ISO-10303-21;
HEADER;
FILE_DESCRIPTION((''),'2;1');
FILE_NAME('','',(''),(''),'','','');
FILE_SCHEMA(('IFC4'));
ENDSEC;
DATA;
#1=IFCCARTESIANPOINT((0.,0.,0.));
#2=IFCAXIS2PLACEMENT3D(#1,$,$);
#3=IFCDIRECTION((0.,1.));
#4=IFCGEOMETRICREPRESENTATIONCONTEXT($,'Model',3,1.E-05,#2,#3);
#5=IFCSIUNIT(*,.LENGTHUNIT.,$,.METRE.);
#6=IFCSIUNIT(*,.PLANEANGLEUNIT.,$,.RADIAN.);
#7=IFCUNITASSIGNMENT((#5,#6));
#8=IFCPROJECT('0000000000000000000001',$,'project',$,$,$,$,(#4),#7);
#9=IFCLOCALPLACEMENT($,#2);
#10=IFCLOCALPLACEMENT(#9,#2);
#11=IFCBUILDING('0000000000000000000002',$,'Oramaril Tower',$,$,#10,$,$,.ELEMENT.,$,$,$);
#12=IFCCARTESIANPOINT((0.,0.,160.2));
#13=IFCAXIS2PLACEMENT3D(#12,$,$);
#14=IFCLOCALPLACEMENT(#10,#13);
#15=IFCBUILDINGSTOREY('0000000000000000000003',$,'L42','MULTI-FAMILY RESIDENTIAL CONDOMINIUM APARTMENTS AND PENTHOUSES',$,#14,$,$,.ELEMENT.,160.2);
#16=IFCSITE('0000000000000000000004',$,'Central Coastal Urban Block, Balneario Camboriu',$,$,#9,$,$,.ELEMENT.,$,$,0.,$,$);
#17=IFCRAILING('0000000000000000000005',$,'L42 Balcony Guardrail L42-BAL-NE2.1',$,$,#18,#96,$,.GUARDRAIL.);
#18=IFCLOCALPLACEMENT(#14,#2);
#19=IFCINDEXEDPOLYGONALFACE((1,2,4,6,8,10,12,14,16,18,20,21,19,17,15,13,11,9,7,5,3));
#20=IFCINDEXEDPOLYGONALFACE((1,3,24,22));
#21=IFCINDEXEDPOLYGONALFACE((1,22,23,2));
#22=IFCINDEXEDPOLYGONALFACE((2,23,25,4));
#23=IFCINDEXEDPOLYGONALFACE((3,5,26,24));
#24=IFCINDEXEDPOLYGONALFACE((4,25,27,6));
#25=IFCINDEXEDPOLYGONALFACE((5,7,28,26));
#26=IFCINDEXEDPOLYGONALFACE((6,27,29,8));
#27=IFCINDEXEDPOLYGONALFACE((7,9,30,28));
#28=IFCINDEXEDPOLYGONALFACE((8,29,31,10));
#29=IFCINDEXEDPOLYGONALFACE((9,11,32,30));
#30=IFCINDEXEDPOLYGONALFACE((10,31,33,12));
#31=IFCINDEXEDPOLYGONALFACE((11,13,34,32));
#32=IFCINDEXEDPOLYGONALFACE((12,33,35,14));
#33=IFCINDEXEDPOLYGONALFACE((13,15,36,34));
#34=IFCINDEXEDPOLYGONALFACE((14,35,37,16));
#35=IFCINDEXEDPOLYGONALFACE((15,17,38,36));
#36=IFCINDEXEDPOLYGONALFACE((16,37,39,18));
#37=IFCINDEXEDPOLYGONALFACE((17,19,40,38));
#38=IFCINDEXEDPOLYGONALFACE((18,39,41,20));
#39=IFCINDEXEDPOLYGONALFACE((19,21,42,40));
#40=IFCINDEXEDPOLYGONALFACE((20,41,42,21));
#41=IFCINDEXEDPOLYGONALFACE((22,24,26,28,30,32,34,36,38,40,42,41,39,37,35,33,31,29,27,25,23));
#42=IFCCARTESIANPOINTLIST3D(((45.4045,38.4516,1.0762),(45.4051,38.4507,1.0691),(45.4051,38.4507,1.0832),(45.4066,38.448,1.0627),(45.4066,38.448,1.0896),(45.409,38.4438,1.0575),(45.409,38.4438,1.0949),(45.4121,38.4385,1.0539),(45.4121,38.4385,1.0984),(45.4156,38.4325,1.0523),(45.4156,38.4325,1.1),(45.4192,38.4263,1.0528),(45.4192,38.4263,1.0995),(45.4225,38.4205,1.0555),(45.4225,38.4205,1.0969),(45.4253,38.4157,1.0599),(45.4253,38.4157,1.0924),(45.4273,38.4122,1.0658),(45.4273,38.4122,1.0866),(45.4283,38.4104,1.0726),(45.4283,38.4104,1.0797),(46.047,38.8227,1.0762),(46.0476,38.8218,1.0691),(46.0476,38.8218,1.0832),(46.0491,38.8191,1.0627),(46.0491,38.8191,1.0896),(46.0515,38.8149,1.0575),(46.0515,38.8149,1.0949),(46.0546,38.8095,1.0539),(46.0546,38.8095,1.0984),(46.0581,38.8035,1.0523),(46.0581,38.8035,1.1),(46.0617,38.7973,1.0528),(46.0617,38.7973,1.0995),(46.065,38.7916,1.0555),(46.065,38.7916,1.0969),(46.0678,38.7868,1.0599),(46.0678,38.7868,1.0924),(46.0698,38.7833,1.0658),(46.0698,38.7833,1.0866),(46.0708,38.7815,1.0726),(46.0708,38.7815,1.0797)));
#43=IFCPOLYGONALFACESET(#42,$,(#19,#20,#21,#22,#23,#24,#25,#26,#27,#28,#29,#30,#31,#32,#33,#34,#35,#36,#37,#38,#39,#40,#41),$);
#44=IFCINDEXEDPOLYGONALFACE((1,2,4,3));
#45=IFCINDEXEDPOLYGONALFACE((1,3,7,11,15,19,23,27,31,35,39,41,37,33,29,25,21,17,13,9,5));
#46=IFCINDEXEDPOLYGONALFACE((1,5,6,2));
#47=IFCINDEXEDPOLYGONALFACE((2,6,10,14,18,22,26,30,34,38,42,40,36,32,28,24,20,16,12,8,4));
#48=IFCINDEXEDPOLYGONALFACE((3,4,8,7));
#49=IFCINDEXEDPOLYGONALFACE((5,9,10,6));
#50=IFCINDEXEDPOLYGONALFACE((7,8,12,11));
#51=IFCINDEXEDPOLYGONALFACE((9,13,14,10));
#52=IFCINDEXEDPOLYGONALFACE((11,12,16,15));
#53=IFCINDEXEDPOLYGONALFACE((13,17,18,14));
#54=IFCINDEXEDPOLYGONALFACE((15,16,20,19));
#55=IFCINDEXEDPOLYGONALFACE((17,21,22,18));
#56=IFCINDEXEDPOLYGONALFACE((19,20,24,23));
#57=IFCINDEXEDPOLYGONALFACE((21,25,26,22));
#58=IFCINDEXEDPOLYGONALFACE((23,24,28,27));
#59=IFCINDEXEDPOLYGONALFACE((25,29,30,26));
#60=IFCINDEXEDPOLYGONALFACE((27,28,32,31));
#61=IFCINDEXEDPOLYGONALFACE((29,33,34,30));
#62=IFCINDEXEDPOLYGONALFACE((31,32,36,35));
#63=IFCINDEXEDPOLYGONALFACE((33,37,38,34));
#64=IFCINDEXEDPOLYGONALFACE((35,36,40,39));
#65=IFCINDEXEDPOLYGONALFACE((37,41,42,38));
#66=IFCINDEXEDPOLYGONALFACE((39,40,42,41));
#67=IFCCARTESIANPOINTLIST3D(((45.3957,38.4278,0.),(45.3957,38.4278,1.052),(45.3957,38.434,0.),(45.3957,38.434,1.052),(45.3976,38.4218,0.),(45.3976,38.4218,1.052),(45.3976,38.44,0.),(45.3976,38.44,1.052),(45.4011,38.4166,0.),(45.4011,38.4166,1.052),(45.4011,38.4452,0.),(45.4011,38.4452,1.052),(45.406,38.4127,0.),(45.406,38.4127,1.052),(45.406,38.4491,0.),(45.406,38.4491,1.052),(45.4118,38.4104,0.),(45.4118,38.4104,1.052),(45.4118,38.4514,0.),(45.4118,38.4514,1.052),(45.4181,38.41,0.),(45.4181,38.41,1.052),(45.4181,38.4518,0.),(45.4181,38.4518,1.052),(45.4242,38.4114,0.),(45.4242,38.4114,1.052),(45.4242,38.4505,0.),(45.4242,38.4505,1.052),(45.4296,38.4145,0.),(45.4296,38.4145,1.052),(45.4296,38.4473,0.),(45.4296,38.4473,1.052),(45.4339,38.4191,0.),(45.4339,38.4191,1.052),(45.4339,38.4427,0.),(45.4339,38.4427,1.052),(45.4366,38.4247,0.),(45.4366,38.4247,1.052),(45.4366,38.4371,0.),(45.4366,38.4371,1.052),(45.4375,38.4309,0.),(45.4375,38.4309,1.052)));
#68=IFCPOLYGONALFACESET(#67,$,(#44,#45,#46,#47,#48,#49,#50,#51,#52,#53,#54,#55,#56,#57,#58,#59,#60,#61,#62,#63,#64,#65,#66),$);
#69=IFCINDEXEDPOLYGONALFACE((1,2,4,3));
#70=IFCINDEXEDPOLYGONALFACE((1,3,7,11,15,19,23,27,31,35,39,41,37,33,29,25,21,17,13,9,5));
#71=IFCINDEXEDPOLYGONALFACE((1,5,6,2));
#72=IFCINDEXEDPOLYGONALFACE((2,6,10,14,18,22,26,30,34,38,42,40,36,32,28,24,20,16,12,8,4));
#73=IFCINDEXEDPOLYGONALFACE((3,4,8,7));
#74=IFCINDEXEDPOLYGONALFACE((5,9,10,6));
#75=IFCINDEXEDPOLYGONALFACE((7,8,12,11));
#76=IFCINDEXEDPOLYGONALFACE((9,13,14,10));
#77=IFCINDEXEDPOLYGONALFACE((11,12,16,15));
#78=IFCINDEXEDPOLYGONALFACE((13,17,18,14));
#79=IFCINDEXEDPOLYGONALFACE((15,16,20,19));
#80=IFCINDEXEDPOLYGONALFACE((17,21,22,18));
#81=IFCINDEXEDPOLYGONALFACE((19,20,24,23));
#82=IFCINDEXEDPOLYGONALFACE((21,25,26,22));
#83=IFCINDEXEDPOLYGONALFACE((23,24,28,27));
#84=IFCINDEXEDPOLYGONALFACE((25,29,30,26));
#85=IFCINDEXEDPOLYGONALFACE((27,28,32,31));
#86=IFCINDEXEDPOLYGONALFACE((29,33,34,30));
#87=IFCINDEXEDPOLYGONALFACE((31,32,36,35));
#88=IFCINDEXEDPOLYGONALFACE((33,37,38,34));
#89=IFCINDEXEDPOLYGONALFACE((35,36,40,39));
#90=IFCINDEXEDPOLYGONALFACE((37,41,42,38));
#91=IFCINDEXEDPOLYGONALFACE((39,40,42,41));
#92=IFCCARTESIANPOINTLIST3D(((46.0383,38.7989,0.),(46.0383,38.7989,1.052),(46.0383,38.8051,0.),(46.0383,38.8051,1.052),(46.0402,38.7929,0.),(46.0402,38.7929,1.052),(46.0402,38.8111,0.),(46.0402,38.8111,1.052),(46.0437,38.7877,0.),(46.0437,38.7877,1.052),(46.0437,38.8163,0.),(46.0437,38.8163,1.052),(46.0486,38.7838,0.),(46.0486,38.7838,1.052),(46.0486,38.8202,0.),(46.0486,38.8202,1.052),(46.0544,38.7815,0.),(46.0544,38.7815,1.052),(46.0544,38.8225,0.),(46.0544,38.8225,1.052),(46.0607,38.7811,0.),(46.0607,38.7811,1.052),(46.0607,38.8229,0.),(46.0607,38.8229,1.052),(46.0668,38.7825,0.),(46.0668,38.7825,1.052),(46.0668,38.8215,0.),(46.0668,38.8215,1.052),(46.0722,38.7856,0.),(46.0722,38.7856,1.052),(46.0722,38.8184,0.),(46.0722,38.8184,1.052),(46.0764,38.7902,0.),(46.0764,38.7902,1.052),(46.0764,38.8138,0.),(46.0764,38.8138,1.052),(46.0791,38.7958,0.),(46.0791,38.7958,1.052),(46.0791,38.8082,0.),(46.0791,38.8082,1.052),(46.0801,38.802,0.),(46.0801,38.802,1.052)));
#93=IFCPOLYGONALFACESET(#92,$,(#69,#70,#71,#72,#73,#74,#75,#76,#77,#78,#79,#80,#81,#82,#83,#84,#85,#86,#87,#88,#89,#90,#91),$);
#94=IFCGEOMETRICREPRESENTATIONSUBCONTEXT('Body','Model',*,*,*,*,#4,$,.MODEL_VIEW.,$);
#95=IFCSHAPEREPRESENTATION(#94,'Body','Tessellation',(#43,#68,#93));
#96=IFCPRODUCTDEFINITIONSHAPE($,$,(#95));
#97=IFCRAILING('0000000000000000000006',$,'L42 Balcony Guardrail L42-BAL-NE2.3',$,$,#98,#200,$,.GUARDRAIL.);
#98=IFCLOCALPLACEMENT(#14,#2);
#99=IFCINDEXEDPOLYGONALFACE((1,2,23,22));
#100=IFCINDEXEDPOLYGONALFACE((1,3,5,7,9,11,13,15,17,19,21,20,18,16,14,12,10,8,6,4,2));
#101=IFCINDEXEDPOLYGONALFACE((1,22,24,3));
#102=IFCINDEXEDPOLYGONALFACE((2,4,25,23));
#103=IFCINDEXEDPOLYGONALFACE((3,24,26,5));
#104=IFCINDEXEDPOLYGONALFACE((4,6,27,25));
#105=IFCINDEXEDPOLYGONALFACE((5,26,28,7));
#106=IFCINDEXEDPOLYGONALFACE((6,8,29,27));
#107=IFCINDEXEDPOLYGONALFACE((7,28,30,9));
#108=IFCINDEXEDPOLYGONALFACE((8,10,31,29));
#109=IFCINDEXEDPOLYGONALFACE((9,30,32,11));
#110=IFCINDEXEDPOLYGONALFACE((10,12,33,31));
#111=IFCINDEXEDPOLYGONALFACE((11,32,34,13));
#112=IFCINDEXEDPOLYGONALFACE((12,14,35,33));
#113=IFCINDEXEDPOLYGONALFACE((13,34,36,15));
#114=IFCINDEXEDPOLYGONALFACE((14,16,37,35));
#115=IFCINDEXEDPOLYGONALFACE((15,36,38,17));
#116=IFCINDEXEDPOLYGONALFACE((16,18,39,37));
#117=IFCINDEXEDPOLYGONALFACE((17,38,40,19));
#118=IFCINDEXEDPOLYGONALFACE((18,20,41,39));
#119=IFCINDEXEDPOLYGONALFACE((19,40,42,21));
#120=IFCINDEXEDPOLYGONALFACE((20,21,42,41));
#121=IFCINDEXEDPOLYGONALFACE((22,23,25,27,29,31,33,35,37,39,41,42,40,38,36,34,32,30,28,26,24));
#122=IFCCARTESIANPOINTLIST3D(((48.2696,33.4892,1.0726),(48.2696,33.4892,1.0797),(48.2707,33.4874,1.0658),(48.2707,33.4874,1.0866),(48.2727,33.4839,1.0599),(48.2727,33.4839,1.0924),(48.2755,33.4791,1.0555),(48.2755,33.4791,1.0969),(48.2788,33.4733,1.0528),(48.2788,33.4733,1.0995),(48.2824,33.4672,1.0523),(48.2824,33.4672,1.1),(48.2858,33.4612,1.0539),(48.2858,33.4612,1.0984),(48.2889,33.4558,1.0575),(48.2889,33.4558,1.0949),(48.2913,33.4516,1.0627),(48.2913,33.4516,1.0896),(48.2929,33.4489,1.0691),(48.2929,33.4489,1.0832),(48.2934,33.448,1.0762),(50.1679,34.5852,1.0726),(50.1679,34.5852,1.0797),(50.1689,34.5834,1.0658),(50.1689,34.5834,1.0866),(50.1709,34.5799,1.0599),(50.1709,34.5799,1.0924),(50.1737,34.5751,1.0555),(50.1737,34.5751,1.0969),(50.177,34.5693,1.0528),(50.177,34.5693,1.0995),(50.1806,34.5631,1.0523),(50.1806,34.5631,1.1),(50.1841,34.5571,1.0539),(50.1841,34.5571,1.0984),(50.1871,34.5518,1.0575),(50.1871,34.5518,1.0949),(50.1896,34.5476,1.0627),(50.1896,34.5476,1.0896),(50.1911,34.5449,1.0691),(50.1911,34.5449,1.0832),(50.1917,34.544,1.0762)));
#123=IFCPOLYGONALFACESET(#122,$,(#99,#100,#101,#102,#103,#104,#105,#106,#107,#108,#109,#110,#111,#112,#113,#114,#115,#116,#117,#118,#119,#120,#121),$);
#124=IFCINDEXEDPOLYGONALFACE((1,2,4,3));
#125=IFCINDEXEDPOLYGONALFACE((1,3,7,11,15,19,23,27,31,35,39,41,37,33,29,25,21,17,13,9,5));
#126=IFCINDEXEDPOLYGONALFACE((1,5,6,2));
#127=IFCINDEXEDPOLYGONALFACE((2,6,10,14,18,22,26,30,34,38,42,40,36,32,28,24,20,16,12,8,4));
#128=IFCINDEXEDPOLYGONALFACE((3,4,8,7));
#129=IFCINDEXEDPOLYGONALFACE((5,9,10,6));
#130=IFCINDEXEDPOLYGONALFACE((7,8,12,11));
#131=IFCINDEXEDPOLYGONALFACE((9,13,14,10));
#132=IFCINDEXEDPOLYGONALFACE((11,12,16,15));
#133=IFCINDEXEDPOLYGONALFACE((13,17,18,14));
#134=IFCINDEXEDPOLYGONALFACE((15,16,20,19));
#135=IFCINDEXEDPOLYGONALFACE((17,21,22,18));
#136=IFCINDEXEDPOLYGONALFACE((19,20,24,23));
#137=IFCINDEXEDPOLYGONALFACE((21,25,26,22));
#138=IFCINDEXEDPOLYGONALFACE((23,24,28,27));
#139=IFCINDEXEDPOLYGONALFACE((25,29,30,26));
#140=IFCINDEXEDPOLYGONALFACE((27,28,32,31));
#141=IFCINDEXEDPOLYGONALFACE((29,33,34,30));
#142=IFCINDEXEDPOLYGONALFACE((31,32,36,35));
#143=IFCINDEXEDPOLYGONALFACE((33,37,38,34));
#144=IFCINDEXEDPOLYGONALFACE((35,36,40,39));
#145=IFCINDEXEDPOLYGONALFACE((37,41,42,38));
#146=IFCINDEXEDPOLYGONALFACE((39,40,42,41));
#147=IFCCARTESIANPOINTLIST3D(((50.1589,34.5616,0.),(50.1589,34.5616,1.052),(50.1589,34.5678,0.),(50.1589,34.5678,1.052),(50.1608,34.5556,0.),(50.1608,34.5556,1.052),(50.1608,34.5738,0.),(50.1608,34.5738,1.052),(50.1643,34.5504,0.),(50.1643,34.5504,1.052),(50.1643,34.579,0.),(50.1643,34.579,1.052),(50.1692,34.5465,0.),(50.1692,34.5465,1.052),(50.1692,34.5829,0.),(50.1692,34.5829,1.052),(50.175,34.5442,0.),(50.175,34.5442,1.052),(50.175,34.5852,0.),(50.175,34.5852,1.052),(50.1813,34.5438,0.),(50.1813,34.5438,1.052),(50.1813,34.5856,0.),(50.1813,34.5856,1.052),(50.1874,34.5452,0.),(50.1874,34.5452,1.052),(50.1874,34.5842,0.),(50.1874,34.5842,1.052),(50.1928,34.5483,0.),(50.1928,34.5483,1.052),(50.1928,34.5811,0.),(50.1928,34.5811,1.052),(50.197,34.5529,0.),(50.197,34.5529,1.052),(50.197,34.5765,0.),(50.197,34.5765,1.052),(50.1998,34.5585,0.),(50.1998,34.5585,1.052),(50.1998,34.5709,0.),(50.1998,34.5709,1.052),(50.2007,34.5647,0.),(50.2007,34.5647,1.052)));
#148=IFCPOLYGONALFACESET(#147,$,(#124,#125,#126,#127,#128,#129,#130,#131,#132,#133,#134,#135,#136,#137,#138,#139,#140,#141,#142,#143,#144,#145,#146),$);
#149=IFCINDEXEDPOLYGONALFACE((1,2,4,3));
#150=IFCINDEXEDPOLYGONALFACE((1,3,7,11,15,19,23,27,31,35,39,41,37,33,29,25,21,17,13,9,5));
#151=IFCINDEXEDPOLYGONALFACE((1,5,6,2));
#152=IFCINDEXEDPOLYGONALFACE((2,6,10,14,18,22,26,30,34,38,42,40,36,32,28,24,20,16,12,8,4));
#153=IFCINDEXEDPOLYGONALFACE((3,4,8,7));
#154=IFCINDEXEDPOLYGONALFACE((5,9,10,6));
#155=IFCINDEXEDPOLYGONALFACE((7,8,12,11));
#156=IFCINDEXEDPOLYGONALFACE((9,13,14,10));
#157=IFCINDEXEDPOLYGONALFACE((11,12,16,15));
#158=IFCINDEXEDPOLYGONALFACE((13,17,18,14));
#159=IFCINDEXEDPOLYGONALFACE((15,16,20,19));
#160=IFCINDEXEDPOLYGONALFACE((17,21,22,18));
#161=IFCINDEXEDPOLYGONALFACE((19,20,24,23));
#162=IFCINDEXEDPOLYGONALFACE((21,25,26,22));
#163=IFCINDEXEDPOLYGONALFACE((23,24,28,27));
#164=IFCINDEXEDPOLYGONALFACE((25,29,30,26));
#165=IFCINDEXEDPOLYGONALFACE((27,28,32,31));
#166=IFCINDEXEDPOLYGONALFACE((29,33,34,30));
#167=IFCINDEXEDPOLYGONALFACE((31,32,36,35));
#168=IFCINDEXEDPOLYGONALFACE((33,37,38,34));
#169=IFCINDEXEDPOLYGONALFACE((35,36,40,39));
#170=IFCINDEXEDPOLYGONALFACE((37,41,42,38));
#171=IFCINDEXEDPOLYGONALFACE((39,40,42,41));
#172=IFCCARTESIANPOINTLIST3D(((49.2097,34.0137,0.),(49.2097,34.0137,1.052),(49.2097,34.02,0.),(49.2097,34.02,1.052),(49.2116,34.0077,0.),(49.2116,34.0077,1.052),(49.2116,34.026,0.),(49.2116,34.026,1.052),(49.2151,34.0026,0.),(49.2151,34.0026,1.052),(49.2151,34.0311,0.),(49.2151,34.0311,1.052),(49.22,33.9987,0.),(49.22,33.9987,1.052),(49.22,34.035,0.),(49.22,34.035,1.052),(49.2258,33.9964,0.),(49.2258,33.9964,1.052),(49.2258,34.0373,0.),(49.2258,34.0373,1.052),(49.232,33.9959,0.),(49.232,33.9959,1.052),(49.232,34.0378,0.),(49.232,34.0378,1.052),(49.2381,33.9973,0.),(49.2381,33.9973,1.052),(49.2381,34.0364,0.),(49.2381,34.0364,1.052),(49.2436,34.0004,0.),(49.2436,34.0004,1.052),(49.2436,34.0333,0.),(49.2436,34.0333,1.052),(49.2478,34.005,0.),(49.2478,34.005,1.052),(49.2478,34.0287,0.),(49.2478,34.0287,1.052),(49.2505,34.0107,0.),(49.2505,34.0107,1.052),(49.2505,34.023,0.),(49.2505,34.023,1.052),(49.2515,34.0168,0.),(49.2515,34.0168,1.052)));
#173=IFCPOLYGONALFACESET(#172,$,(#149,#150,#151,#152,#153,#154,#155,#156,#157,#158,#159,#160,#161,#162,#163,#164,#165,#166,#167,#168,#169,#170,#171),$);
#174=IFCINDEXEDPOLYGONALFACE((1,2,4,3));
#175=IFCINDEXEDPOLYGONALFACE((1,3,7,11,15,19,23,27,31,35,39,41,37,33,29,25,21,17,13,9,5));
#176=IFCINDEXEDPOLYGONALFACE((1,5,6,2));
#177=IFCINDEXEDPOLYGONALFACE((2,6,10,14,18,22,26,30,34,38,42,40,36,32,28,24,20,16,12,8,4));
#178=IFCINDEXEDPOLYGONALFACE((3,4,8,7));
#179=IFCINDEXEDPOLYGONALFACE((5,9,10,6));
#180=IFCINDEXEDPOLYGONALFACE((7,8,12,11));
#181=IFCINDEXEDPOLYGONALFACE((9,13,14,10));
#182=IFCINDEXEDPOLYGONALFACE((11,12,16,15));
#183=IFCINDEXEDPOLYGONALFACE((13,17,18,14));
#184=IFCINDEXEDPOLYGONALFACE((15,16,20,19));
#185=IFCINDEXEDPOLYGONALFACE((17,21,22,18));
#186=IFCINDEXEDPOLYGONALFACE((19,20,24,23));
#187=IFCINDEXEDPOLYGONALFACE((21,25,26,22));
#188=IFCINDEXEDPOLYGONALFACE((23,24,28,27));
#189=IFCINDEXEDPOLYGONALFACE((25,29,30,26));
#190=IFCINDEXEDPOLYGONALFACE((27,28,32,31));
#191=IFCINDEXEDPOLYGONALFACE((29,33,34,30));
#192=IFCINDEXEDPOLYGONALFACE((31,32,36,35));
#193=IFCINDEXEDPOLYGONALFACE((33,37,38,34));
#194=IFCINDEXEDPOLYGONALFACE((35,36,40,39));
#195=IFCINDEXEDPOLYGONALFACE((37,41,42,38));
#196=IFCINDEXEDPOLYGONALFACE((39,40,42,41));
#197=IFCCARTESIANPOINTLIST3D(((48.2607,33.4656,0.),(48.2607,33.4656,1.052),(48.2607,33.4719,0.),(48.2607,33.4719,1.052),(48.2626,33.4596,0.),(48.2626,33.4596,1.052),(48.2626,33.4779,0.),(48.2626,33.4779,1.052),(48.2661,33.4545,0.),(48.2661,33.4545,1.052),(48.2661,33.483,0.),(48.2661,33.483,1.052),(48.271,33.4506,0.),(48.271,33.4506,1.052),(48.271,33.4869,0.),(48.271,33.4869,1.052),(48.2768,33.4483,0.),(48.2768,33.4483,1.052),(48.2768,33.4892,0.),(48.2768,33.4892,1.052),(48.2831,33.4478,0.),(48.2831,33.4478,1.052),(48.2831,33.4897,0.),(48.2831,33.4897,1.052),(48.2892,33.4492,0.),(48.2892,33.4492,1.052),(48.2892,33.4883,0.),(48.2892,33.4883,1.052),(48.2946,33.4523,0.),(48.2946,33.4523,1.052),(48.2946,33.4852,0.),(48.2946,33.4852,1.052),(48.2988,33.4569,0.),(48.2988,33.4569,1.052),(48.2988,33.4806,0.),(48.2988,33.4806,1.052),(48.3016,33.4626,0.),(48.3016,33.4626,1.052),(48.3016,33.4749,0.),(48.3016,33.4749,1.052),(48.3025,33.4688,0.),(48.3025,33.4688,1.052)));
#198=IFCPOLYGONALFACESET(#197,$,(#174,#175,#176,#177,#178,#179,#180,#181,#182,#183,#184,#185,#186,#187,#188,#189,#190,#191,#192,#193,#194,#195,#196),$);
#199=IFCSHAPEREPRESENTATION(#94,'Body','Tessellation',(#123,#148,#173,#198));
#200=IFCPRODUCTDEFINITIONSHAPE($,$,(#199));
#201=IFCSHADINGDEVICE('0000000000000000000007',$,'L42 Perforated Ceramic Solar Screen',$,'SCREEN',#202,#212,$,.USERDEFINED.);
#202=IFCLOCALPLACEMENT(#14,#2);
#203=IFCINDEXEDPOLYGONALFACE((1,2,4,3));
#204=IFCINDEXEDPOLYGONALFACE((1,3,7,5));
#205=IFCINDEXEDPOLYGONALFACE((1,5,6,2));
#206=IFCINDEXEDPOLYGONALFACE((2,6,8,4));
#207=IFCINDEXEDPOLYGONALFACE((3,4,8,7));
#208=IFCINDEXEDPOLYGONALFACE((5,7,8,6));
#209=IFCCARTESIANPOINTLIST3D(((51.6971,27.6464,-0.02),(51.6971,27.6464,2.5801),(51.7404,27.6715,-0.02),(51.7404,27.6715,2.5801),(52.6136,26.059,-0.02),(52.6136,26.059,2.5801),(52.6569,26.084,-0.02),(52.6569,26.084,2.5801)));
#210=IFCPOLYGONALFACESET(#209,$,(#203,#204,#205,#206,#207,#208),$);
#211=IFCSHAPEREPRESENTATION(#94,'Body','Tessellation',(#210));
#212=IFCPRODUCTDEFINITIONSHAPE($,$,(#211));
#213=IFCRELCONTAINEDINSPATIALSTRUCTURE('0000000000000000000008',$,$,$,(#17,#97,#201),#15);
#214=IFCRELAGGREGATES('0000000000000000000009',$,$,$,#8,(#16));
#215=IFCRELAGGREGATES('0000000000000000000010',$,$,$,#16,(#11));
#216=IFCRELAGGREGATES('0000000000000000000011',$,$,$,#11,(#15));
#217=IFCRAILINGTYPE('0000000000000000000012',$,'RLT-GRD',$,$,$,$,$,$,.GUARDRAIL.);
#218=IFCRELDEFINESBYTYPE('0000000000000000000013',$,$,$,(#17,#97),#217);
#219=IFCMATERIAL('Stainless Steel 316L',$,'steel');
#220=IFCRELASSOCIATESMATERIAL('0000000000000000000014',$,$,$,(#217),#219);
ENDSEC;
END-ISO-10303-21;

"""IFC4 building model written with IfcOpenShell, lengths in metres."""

from ifc_helpers import new_model, si_unit, direction, frame, origin, origin_2d, place, context, subcontext, project, spatial, rectangle, circle, extrude, material, type_object, element, save


model = new_model("IFC4")

# Units and contexts
model_context = context("Model", 3, precision=1e-05, world=origin(), true_north=direction((0.0, 1.0)))
body_context = subcontext(model_context, "Body", "Model", "MODEL_VIEW")
ifc_project = project(units=[si_unit("LENGTHUNIT", "METRE"), si_unit("PLANEANGLEUNIT", "RADIAN")], contexts=[model_context])

# Site, building, storey
site_placement = place(None, origin())
site = spatial("IfcSite", under=ifc_project, at=site_placement, Name="Central Coastal Urban Block, Balneario Camboriu", CompositionType="ELEMENT", RefElevation=0.0)
building_placement = place(site_placement, origin())
building = spatial("IfcBuilding", under=site, at=building_placement, Name="Oramaril Tower", CompositionType="ELEMENT")
storey_placement = place(building_placement, frame((0.0, 0.0, 160.2)))
storey = spatial("IfcBuildingStorey", under=building, at=storey_placement, Name="L42", Description="MULTI-FAMILY RESIDENTIAL CONDOMINIUM APARTMENTS AND PENTHOUSES", CompositionType="ELEMENT", Elevation=160.2)

# Railings
ifc_material_1 = material(Name="Stainless Steel 316L", Category="steel")
railing_type = type_object("IfcRailingType", Name="RLT-GRD", PredefinedType="GUARDRAIL", material=ifc_material_1)
railing_1_placement = place(storey_placement, frame((45.4165, 38.4309, 0.0)))
element("IfcRailing", 1, at=railing_1_placement, inside=storey, type_object=railing_type, Name="L42 Balcony Guardrail L42-BAL-NE2.1", PredefinedType="GUARDRAIL", context=body_context, shape_type="SweptSolid", body=[
    extrude(circle(Radius=0.0239, at=origin_2d()), frame((0.0, 0.0, 1.0762), z_axis=(0.865966, 0.500102, 0.0), x_axis=(-0.500102, 0.865966, 0.0)), (0.0, 0.0, 1.0), 0.7419),
    extrude(circle(Radius=0.021, at=origin_2d()), origin(), (0.0, 0.0, 1.0), 1.052),
    extrude(circle(Radius=0.021, at=origin_2d()), frame((0.6426, 0.3711, 0.0)), (0.0, 0.0, 1.0), 1.052),
])
railing_2_placement = place(storey_placement, frame((50.1797, 34.5647, 0.0)))
element("IfcRailing", 2, at=railing_2_placement, inside=storey, type_object=railing_type, Name="L42 Balcony Guardrail L42-BAL-NE2.3", PredefinedType="GUARDRAIL", context=body_context, shape_type="SweptSolid", body=[
    extrude(circle(Radius=0.0239, at=origin_2d()), frame((0.0, 0.0, 1.0762), z_axis=(-0.866021, -0.500008, 0.0), x_axis=(0.500008, -0.866021, 0.0)), (0.0, 0.0, 1.0), 2.1919),
    extrude(circle(Radius=0.021, at=origin_2d()), origin(), (0.0, 0.0, 1.0), 1.052),
    extrude(circle(Radius=0.021, at=origin_2d()), frame((-0.9492, -0.5479, 0.0)), (0.0, 0.0, 1.0), 1.052),
    extrude(circle(Radius=0.021, at=origin_2d()), frame((-1.8982, -1.0959, 0.0)), (0.0, 0.0, 1.0), 1.052),
])

# Shading device
for number, where, z_axis, x_axis, name in (
    (3, (52.177, 26.8652, -0.02), (0.0, 0.0, 1.0), (-0.5, 0.866025, 0.0), "L42 Perforated Ceramic Solar Screen"),
):
    element("IfcShadingDevice", number, at=place(storey_placement, frame(where, z_axis=z_axis, x_axis=x_axis)), inside=storey, Name=name, ObjectType="SCREEN", PredefinedType="USERDEFINED", context=body_context, shape_type="SweptSolid", body=[
        extrude(rectangle(XDim=1.833, YDim=0.05, at=origin_2d()), origin(), (0.0, 0.0, 1.0), 2.6001),
    ])

save(model, "model.ifc")
